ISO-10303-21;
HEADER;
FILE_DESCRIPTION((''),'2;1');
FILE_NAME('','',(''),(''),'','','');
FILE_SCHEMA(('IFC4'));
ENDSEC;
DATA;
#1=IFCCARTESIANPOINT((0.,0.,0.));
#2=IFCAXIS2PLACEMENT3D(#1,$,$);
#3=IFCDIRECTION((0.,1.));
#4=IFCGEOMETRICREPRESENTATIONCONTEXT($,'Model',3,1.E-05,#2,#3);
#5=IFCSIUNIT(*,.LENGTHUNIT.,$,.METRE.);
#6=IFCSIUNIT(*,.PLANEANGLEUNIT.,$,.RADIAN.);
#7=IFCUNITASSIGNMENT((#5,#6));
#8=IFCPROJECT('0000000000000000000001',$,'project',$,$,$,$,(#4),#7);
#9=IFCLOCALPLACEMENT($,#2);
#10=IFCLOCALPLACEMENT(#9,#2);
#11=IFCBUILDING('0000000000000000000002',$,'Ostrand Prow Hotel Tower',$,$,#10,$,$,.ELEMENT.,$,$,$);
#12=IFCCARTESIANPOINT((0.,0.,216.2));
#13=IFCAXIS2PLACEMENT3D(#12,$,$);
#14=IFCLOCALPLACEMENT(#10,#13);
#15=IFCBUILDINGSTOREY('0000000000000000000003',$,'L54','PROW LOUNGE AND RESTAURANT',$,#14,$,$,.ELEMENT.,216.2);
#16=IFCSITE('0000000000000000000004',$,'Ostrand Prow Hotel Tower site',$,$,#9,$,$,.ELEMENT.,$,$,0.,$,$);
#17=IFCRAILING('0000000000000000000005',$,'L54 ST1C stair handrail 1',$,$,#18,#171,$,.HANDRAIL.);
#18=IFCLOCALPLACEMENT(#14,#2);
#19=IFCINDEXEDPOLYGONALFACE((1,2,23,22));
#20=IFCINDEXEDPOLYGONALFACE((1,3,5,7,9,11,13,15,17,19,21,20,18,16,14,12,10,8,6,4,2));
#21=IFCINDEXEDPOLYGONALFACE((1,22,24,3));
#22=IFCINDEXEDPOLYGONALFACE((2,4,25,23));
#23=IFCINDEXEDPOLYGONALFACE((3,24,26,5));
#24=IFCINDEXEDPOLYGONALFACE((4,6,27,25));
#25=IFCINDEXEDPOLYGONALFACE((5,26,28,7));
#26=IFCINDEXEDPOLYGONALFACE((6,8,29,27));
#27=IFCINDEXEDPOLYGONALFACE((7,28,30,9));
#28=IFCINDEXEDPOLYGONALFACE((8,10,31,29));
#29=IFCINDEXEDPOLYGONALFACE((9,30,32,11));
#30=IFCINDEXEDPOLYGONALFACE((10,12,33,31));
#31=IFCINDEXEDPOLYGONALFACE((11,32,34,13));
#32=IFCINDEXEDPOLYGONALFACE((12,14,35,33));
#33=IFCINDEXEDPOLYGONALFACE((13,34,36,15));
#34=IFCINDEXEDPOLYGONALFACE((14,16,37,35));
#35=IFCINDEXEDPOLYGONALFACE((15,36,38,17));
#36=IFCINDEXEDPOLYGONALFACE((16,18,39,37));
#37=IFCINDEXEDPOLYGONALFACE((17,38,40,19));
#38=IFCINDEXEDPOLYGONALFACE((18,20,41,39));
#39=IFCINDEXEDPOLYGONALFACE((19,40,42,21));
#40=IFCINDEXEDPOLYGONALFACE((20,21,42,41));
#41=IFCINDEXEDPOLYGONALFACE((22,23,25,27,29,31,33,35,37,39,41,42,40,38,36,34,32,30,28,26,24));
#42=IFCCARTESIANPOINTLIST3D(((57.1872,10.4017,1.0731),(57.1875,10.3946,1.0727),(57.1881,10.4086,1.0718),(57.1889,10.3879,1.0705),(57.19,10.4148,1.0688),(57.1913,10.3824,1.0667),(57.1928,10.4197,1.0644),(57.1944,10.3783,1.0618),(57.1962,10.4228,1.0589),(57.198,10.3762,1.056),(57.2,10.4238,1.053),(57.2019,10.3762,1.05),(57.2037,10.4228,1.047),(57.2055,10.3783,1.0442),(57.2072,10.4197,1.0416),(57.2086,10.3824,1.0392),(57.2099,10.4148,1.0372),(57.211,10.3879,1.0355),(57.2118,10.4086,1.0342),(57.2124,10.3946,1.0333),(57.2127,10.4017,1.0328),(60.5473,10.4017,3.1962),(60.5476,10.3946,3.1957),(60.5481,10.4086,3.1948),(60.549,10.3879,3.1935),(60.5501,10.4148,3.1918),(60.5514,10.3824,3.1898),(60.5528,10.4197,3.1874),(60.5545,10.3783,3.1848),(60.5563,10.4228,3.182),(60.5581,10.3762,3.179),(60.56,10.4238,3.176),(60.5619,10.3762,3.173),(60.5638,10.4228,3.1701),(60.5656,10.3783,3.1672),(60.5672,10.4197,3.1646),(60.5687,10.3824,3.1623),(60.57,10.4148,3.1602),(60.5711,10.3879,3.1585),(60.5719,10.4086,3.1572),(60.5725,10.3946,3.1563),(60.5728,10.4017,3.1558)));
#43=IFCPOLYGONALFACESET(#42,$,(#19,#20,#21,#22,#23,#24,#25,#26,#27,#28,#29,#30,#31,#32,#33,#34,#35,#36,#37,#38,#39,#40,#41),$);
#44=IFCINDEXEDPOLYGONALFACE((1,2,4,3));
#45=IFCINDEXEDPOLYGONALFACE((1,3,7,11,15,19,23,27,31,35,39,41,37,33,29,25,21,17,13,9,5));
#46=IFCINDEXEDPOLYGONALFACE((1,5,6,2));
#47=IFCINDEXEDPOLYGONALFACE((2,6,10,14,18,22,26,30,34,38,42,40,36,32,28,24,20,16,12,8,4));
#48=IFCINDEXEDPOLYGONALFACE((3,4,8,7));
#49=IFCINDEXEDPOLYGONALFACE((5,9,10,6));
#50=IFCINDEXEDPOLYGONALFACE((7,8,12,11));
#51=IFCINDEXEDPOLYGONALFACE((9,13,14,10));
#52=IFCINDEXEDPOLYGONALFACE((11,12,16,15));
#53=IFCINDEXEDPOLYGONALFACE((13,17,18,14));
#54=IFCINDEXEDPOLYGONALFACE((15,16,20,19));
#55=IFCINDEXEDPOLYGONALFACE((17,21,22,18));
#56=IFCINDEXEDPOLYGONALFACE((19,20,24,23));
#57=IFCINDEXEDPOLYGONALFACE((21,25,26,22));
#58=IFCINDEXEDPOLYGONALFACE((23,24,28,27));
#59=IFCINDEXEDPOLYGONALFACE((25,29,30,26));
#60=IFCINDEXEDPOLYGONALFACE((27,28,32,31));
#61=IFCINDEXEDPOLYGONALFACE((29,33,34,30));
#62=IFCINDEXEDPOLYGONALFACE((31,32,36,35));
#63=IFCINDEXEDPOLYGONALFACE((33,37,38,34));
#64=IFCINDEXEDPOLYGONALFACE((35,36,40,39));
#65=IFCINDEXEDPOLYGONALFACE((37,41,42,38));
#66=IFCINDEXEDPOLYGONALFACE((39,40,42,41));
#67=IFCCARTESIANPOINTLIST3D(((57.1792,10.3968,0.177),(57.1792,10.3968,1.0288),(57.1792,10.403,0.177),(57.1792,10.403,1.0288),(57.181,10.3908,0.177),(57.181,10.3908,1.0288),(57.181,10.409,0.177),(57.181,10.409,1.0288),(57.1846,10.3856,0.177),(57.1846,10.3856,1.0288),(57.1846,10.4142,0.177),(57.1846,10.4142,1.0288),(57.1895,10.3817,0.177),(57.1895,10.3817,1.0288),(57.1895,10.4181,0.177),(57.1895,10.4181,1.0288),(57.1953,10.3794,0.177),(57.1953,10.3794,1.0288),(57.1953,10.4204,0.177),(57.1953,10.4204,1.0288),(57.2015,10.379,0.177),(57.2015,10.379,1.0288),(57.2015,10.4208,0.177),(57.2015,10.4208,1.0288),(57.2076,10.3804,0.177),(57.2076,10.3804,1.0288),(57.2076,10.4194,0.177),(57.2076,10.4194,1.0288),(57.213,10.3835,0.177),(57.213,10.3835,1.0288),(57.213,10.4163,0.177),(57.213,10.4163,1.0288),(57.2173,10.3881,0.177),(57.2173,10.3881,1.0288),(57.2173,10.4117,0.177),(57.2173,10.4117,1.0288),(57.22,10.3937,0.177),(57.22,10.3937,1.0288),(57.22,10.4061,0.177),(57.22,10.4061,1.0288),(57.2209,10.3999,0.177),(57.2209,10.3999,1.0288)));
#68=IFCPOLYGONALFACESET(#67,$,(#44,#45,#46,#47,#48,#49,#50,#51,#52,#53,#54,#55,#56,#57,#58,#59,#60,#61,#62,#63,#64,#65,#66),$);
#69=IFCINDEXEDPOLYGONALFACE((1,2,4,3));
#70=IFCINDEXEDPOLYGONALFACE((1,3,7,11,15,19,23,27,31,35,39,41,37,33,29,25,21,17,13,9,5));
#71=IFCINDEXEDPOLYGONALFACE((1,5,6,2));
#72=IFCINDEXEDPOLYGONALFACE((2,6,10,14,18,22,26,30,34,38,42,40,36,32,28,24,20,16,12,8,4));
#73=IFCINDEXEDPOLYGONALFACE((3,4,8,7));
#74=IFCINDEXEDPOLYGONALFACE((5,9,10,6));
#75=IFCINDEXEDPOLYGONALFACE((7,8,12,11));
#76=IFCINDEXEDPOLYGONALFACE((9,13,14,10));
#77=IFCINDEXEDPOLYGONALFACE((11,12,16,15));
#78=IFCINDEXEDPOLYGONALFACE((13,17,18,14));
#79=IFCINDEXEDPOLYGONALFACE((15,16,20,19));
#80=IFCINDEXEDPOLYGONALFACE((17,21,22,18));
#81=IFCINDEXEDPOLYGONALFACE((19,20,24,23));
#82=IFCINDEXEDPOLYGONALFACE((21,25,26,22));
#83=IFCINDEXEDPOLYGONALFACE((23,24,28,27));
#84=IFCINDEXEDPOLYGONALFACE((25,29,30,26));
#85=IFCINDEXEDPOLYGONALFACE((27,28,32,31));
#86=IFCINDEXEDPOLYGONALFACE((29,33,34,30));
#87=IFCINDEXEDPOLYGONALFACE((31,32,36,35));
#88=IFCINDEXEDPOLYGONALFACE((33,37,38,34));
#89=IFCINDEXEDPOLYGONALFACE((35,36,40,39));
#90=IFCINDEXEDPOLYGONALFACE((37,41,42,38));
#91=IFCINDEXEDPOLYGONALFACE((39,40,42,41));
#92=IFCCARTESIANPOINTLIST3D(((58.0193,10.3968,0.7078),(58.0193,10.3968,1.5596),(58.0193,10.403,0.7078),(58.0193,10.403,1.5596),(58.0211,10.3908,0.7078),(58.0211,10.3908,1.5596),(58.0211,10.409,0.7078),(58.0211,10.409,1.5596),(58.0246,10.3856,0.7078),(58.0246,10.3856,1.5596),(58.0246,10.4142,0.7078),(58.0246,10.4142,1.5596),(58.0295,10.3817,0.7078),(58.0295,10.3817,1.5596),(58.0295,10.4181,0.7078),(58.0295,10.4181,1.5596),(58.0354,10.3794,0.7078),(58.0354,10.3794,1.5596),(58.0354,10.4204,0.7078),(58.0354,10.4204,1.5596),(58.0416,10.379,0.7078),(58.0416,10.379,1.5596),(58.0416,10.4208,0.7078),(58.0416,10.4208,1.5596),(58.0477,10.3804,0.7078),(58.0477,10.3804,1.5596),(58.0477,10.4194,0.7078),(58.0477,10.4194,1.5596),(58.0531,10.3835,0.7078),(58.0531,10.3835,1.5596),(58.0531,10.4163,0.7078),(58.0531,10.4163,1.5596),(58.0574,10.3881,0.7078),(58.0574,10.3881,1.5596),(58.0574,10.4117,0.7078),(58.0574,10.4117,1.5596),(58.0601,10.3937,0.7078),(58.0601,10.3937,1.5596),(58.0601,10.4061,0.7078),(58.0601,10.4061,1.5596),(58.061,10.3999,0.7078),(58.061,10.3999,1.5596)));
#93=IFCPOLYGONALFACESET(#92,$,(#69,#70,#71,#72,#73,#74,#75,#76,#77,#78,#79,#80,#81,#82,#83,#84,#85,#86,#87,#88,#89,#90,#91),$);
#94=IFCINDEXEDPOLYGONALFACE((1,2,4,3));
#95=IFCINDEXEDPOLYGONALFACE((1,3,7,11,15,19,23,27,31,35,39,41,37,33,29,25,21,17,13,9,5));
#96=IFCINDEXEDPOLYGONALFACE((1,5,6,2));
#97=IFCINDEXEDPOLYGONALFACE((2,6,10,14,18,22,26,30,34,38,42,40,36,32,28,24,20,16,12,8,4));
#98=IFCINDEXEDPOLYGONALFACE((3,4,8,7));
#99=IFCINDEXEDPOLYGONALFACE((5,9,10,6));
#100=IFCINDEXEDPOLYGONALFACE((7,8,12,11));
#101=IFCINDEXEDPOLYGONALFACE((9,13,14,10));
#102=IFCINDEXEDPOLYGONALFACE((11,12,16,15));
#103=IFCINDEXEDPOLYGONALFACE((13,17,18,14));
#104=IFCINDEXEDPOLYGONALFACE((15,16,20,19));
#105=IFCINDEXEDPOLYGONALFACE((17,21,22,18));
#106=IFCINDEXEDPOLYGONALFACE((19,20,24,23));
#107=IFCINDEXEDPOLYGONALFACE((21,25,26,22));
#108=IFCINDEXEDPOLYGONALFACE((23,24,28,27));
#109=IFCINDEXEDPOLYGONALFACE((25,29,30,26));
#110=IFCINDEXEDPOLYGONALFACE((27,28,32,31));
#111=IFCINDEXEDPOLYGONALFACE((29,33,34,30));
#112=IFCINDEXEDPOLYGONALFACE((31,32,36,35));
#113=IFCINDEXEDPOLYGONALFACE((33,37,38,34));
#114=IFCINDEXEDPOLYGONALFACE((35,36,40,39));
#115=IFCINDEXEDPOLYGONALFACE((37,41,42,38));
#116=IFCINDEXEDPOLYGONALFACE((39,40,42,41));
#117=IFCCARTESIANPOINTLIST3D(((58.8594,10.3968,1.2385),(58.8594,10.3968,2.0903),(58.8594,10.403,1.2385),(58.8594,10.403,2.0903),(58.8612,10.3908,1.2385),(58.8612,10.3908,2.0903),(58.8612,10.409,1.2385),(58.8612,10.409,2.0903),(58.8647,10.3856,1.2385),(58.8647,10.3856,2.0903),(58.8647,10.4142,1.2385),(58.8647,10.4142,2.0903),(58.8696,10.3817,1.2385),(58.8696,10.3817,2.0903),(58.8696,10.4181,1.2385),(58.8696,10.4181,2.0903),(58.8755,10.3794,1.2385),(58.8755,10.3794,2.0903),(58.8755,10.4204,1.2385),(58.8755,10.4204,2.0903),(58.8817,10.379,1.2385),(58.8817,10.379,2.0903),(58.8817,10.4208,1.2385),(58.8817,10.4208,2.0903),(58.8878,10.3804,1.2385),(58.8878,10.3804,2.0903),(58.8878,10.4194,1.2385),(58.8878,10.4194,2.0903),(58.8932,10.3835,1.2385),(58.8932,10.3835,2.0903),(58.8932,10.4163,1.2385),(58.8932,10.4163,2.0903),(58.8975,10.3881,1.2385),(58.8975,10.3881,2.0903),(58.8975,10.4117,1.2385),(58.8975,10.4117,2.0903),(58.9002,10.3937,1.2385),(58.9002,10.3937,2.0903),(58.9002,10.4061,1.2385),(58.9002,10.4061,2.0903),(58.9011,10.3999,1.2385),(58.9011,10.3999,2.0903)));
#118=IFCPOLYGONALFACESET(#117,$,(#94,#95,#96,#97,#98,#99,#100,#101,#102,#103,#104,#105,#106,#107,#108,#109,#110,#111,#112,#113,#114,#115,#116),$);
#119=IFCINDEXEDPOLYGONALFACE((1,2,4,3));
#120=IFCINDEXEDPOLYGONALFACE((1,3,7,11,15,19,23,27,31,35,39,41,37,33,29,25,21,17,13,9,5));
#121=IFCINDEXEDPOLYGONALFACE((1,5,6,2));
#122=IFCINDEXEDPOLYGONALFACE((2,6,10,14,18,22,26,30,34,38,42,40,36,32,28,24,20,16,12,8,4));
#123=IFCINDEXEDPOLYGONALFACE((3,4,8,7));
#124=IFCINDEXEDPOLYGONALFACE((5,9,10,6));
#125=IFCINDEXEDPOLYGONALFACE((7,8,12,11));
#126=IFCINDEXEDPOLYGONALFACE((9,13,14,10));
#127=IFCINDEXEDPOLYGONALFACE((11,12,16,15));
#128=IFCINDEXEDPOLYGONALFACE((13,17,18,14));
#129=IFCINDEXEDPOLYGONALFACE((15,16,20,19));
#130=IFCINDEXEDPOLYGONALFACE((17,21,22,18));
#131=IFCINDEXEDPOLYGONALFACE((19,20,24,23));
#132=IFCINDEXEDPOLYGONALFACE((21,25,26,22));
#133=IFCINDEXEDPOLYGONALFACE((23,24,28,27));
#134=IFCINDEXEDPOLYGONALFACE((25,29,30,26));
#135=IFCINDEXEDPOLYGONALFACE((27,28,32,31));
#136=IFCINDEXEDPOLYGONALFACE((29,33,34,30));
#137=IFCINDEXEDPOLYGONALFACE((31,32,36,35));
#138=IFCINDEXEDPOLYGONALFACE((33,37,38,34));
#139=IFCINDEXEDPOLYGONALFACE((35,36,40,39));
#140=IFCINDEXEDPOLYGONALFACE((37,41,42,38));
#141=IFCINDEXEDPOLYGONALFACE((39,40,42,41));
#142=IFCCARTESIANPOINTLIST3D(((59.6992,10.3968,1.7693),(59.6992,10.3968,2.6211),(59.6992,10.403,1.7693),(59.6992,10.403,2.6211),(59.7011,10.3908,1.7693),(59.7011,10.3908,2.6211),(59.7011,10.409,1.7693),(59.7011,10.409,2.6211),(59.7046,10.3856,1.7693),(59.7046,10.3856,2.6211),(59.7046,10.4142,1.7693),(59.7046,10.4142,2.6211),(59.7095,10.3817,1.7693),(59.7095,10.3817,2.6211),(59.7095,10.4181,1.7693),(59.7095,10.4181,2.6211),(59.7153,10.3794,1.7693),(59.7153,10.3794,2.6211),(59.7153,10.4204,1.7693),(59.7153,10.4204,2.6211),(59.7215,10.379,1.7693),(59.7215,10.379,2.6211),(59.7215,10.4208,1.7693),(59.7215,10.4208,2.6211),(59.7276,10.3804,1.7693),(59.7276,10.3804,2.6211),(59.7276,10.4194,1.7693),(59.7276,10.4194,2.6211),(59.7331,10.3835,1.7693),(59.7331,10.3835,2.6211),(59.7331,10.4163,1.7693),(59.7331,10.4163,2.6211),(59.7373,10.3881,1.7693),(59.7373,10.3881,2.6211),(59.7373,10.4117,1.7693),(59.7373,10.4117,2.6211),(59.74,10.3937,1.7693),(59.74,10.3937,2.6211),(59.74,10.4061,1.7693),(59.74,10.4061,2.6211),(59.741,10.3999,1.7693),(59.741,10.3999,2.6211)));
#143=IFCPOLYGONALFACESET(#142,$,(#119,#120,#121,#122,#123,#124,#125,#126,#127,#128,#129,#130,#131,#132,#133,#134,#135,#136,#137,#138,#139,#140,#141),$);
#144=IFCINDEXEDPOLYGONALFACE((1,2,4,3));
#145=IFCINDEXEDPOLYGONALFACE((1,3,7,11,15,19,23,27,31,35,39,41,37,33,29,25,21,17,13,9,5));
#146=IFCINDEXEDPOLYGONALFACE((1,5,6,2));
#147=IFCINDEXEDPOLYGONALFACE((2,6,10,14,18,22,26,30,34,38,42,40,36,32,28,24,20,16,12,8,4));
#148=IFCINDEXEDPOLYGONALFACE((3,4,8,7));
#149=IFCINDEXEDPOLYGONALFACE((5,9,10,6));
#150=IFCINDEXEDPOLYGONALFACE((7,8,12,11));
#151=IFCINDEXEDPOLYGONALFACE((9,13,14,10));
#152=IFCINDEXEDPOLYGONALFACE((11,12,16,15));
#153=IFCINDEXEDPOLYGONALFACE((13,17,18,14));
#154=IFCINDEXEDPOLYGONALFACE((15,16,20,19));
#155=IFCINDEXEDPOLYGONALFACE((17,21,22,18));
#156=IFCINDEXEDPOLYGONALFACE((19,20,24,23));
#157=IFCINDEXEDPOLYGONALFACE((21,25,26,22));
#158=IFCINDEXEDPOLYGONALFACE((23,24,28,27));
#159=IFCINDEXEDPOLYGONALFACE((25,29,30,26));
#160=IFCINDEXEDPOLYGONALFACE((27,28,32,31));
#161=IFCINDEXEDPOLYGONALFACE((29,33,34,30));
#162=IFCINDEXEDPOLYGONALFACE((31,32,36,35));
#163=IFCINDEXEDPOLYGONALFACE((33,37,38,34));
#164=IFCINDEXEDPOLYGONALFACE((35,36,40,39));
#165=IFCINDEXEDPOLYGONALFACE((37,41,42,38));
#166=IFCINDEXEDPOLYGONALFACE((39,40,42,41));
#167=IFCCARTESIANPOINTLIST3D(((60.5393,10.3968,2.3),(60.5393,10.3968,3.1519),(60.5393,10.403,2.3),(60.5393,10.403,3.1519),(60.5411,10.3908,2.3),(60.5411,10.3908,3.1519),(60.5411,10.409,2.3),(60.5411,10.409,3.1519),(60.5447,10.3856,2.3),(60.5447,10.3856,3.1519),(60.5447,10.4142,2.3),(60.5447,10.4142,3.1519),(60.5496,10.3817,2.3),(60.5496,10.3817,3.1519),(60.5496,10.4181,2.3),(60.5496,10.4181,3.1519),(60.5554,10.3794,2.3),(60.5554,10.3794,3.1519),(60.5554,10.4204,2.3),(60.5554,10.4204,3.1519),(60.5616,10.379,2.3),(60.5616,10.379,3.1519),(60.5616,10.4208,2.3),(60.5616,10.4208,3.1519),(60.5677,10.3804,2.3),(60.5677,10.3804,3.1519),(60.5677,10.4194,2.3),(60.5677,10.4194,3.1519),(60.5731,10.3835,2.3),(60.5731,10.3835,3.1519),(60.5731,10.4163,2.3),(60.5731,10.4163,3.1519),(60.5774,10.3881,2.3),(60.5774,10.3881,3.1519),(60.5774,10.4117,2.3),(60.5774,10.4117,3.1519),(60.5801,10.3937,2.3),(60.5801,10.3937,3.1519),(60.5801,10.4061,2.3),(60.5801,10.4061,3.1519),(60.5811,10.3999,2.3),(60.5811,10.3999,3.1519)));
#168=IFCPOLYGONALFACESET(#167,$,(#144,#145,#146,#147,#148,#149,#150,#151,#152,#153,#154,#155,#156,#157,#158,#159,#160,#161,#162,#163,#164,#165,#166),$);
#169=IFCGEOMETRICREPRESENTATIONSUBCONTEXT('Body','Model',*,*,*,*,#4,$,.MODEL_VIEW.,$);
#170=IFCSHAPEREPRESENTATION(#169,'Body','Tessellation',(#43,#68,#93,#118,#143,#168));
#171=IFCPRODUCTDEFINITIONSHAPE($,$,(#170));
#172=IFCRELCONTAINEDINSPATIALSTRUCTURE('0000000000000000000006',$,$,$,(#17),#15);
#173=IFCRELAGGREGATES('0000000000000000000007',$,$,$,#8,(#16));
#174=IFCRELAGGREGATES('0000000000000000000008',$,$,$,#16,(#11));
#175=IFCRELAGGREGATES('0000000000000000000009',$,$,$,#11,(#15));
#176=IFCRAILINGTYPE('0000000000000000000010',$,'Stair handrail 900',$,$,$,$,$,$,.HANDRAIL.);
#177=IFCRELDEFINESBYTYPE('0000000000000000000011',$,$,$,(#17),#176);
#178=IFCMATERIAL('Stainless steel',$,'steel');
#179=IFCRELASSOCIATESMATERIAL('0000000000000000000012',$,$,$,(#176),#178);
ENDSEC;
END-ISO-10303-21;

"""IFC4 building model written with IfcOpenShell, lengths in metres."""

from ifc_helpers import new_model, si_unit, direction, frame, origin, origin_2d, place, context, subcontext, project, spatial, circle, extrude, material, type_object, element, save


model = new_model("IFC4")

# Units and contexts
model_context = context("Model", 3, precision=1e-05, world=origin(), true_north=direction((0.0, 1.0)))
body_context = subcontext(model_context, "Body", "Model", "MODEL_VIEW")
ifc_project = project(units=[si_unit("LENGTHUNIT", "METRE"), si_unit("PLANEANGLEUNIT", "RADIAN")], contexts=[model_context])

# Site, building, storey
site_placement = place(None, origin())
site = spatial("IfcSite", under=ifc_project, at=site_placement, Name="Ostrand Prow Hotel Tower site", CompositionType="ELEMENT", RefElevation=0.0)
building_placement = place(site_placement, origin())
building = spatial("IfcBuilding", under=site, at=building_placement, Name="Ostrand Prow Hotel Tower", CompositionType="ELEMENT")
storey_placement = place(building_placement, frame((0.0, 0.0, 216.2)))
storey = spatial("IfcBuildingStorey", under=building, at=storey_placement, Name="L54", Description="PROW LOUNGE AND RESTAURANT", CompositionType="ELEMENT", Elevation=216.2)

# Railing
ifc_material_1 = material(Name="Stainless steel", Category="steel")
railing_type_1 = type_object("IfcRailingType", Name="Stair handrail 900", PredefinedType="HANDRAIL", material=ifc_material_1)
railing_1_placement = place(storey_placement, frame((57.2, 10.3999, 0.177)))
element("IfcRailing", 1, at=railing_1_placement, inside=storey, type_object=railing_type_1, Name="L54 ST1C stair handrail 1", PredefinedType="HANDRAIL", context=body_context, shape_type="SweptSolid", body=[
    extrude(circle(Radius=0.0239, at=origin_2d()), frame((0.0, 0.0, 0.876), z_axis=(0.84539, 0.0, 0.53415), x_axis=(0.0, 1.0, 0.0)), (0.0, 0.0, 1.0), 3.9746),
    extrude(circle(Radius=0.021, at=origin_2d()), origin(), (0.0, 0.0, 1.0), 0.8518),
    extrude(circle(Radius=0.021, at=origin_2d()), frame((0.8401, 0.0, 0.5308)), (0.0, 0.0, 1.0), 0.8518),
    extrude(circle(Radius=0.021, at=origin_2d()), frame((1.6802, 0.0, 1.0615)), (0.0, 0.0, 1.0), 0.8518),
    extrude(circle(Radius=0.021, at=origin_2d()), frame((2.52, 0.0, 1.5923)), (0.0, 0.0, 1.0), 0.8518),
    extrude(circle(Radius=0.021, at=origin_2d()), frame((3.3601, 0.0, 2.123)), (0.0, 0.0, 1.0), 0.8518),
])

save(model, "model.ifc")
